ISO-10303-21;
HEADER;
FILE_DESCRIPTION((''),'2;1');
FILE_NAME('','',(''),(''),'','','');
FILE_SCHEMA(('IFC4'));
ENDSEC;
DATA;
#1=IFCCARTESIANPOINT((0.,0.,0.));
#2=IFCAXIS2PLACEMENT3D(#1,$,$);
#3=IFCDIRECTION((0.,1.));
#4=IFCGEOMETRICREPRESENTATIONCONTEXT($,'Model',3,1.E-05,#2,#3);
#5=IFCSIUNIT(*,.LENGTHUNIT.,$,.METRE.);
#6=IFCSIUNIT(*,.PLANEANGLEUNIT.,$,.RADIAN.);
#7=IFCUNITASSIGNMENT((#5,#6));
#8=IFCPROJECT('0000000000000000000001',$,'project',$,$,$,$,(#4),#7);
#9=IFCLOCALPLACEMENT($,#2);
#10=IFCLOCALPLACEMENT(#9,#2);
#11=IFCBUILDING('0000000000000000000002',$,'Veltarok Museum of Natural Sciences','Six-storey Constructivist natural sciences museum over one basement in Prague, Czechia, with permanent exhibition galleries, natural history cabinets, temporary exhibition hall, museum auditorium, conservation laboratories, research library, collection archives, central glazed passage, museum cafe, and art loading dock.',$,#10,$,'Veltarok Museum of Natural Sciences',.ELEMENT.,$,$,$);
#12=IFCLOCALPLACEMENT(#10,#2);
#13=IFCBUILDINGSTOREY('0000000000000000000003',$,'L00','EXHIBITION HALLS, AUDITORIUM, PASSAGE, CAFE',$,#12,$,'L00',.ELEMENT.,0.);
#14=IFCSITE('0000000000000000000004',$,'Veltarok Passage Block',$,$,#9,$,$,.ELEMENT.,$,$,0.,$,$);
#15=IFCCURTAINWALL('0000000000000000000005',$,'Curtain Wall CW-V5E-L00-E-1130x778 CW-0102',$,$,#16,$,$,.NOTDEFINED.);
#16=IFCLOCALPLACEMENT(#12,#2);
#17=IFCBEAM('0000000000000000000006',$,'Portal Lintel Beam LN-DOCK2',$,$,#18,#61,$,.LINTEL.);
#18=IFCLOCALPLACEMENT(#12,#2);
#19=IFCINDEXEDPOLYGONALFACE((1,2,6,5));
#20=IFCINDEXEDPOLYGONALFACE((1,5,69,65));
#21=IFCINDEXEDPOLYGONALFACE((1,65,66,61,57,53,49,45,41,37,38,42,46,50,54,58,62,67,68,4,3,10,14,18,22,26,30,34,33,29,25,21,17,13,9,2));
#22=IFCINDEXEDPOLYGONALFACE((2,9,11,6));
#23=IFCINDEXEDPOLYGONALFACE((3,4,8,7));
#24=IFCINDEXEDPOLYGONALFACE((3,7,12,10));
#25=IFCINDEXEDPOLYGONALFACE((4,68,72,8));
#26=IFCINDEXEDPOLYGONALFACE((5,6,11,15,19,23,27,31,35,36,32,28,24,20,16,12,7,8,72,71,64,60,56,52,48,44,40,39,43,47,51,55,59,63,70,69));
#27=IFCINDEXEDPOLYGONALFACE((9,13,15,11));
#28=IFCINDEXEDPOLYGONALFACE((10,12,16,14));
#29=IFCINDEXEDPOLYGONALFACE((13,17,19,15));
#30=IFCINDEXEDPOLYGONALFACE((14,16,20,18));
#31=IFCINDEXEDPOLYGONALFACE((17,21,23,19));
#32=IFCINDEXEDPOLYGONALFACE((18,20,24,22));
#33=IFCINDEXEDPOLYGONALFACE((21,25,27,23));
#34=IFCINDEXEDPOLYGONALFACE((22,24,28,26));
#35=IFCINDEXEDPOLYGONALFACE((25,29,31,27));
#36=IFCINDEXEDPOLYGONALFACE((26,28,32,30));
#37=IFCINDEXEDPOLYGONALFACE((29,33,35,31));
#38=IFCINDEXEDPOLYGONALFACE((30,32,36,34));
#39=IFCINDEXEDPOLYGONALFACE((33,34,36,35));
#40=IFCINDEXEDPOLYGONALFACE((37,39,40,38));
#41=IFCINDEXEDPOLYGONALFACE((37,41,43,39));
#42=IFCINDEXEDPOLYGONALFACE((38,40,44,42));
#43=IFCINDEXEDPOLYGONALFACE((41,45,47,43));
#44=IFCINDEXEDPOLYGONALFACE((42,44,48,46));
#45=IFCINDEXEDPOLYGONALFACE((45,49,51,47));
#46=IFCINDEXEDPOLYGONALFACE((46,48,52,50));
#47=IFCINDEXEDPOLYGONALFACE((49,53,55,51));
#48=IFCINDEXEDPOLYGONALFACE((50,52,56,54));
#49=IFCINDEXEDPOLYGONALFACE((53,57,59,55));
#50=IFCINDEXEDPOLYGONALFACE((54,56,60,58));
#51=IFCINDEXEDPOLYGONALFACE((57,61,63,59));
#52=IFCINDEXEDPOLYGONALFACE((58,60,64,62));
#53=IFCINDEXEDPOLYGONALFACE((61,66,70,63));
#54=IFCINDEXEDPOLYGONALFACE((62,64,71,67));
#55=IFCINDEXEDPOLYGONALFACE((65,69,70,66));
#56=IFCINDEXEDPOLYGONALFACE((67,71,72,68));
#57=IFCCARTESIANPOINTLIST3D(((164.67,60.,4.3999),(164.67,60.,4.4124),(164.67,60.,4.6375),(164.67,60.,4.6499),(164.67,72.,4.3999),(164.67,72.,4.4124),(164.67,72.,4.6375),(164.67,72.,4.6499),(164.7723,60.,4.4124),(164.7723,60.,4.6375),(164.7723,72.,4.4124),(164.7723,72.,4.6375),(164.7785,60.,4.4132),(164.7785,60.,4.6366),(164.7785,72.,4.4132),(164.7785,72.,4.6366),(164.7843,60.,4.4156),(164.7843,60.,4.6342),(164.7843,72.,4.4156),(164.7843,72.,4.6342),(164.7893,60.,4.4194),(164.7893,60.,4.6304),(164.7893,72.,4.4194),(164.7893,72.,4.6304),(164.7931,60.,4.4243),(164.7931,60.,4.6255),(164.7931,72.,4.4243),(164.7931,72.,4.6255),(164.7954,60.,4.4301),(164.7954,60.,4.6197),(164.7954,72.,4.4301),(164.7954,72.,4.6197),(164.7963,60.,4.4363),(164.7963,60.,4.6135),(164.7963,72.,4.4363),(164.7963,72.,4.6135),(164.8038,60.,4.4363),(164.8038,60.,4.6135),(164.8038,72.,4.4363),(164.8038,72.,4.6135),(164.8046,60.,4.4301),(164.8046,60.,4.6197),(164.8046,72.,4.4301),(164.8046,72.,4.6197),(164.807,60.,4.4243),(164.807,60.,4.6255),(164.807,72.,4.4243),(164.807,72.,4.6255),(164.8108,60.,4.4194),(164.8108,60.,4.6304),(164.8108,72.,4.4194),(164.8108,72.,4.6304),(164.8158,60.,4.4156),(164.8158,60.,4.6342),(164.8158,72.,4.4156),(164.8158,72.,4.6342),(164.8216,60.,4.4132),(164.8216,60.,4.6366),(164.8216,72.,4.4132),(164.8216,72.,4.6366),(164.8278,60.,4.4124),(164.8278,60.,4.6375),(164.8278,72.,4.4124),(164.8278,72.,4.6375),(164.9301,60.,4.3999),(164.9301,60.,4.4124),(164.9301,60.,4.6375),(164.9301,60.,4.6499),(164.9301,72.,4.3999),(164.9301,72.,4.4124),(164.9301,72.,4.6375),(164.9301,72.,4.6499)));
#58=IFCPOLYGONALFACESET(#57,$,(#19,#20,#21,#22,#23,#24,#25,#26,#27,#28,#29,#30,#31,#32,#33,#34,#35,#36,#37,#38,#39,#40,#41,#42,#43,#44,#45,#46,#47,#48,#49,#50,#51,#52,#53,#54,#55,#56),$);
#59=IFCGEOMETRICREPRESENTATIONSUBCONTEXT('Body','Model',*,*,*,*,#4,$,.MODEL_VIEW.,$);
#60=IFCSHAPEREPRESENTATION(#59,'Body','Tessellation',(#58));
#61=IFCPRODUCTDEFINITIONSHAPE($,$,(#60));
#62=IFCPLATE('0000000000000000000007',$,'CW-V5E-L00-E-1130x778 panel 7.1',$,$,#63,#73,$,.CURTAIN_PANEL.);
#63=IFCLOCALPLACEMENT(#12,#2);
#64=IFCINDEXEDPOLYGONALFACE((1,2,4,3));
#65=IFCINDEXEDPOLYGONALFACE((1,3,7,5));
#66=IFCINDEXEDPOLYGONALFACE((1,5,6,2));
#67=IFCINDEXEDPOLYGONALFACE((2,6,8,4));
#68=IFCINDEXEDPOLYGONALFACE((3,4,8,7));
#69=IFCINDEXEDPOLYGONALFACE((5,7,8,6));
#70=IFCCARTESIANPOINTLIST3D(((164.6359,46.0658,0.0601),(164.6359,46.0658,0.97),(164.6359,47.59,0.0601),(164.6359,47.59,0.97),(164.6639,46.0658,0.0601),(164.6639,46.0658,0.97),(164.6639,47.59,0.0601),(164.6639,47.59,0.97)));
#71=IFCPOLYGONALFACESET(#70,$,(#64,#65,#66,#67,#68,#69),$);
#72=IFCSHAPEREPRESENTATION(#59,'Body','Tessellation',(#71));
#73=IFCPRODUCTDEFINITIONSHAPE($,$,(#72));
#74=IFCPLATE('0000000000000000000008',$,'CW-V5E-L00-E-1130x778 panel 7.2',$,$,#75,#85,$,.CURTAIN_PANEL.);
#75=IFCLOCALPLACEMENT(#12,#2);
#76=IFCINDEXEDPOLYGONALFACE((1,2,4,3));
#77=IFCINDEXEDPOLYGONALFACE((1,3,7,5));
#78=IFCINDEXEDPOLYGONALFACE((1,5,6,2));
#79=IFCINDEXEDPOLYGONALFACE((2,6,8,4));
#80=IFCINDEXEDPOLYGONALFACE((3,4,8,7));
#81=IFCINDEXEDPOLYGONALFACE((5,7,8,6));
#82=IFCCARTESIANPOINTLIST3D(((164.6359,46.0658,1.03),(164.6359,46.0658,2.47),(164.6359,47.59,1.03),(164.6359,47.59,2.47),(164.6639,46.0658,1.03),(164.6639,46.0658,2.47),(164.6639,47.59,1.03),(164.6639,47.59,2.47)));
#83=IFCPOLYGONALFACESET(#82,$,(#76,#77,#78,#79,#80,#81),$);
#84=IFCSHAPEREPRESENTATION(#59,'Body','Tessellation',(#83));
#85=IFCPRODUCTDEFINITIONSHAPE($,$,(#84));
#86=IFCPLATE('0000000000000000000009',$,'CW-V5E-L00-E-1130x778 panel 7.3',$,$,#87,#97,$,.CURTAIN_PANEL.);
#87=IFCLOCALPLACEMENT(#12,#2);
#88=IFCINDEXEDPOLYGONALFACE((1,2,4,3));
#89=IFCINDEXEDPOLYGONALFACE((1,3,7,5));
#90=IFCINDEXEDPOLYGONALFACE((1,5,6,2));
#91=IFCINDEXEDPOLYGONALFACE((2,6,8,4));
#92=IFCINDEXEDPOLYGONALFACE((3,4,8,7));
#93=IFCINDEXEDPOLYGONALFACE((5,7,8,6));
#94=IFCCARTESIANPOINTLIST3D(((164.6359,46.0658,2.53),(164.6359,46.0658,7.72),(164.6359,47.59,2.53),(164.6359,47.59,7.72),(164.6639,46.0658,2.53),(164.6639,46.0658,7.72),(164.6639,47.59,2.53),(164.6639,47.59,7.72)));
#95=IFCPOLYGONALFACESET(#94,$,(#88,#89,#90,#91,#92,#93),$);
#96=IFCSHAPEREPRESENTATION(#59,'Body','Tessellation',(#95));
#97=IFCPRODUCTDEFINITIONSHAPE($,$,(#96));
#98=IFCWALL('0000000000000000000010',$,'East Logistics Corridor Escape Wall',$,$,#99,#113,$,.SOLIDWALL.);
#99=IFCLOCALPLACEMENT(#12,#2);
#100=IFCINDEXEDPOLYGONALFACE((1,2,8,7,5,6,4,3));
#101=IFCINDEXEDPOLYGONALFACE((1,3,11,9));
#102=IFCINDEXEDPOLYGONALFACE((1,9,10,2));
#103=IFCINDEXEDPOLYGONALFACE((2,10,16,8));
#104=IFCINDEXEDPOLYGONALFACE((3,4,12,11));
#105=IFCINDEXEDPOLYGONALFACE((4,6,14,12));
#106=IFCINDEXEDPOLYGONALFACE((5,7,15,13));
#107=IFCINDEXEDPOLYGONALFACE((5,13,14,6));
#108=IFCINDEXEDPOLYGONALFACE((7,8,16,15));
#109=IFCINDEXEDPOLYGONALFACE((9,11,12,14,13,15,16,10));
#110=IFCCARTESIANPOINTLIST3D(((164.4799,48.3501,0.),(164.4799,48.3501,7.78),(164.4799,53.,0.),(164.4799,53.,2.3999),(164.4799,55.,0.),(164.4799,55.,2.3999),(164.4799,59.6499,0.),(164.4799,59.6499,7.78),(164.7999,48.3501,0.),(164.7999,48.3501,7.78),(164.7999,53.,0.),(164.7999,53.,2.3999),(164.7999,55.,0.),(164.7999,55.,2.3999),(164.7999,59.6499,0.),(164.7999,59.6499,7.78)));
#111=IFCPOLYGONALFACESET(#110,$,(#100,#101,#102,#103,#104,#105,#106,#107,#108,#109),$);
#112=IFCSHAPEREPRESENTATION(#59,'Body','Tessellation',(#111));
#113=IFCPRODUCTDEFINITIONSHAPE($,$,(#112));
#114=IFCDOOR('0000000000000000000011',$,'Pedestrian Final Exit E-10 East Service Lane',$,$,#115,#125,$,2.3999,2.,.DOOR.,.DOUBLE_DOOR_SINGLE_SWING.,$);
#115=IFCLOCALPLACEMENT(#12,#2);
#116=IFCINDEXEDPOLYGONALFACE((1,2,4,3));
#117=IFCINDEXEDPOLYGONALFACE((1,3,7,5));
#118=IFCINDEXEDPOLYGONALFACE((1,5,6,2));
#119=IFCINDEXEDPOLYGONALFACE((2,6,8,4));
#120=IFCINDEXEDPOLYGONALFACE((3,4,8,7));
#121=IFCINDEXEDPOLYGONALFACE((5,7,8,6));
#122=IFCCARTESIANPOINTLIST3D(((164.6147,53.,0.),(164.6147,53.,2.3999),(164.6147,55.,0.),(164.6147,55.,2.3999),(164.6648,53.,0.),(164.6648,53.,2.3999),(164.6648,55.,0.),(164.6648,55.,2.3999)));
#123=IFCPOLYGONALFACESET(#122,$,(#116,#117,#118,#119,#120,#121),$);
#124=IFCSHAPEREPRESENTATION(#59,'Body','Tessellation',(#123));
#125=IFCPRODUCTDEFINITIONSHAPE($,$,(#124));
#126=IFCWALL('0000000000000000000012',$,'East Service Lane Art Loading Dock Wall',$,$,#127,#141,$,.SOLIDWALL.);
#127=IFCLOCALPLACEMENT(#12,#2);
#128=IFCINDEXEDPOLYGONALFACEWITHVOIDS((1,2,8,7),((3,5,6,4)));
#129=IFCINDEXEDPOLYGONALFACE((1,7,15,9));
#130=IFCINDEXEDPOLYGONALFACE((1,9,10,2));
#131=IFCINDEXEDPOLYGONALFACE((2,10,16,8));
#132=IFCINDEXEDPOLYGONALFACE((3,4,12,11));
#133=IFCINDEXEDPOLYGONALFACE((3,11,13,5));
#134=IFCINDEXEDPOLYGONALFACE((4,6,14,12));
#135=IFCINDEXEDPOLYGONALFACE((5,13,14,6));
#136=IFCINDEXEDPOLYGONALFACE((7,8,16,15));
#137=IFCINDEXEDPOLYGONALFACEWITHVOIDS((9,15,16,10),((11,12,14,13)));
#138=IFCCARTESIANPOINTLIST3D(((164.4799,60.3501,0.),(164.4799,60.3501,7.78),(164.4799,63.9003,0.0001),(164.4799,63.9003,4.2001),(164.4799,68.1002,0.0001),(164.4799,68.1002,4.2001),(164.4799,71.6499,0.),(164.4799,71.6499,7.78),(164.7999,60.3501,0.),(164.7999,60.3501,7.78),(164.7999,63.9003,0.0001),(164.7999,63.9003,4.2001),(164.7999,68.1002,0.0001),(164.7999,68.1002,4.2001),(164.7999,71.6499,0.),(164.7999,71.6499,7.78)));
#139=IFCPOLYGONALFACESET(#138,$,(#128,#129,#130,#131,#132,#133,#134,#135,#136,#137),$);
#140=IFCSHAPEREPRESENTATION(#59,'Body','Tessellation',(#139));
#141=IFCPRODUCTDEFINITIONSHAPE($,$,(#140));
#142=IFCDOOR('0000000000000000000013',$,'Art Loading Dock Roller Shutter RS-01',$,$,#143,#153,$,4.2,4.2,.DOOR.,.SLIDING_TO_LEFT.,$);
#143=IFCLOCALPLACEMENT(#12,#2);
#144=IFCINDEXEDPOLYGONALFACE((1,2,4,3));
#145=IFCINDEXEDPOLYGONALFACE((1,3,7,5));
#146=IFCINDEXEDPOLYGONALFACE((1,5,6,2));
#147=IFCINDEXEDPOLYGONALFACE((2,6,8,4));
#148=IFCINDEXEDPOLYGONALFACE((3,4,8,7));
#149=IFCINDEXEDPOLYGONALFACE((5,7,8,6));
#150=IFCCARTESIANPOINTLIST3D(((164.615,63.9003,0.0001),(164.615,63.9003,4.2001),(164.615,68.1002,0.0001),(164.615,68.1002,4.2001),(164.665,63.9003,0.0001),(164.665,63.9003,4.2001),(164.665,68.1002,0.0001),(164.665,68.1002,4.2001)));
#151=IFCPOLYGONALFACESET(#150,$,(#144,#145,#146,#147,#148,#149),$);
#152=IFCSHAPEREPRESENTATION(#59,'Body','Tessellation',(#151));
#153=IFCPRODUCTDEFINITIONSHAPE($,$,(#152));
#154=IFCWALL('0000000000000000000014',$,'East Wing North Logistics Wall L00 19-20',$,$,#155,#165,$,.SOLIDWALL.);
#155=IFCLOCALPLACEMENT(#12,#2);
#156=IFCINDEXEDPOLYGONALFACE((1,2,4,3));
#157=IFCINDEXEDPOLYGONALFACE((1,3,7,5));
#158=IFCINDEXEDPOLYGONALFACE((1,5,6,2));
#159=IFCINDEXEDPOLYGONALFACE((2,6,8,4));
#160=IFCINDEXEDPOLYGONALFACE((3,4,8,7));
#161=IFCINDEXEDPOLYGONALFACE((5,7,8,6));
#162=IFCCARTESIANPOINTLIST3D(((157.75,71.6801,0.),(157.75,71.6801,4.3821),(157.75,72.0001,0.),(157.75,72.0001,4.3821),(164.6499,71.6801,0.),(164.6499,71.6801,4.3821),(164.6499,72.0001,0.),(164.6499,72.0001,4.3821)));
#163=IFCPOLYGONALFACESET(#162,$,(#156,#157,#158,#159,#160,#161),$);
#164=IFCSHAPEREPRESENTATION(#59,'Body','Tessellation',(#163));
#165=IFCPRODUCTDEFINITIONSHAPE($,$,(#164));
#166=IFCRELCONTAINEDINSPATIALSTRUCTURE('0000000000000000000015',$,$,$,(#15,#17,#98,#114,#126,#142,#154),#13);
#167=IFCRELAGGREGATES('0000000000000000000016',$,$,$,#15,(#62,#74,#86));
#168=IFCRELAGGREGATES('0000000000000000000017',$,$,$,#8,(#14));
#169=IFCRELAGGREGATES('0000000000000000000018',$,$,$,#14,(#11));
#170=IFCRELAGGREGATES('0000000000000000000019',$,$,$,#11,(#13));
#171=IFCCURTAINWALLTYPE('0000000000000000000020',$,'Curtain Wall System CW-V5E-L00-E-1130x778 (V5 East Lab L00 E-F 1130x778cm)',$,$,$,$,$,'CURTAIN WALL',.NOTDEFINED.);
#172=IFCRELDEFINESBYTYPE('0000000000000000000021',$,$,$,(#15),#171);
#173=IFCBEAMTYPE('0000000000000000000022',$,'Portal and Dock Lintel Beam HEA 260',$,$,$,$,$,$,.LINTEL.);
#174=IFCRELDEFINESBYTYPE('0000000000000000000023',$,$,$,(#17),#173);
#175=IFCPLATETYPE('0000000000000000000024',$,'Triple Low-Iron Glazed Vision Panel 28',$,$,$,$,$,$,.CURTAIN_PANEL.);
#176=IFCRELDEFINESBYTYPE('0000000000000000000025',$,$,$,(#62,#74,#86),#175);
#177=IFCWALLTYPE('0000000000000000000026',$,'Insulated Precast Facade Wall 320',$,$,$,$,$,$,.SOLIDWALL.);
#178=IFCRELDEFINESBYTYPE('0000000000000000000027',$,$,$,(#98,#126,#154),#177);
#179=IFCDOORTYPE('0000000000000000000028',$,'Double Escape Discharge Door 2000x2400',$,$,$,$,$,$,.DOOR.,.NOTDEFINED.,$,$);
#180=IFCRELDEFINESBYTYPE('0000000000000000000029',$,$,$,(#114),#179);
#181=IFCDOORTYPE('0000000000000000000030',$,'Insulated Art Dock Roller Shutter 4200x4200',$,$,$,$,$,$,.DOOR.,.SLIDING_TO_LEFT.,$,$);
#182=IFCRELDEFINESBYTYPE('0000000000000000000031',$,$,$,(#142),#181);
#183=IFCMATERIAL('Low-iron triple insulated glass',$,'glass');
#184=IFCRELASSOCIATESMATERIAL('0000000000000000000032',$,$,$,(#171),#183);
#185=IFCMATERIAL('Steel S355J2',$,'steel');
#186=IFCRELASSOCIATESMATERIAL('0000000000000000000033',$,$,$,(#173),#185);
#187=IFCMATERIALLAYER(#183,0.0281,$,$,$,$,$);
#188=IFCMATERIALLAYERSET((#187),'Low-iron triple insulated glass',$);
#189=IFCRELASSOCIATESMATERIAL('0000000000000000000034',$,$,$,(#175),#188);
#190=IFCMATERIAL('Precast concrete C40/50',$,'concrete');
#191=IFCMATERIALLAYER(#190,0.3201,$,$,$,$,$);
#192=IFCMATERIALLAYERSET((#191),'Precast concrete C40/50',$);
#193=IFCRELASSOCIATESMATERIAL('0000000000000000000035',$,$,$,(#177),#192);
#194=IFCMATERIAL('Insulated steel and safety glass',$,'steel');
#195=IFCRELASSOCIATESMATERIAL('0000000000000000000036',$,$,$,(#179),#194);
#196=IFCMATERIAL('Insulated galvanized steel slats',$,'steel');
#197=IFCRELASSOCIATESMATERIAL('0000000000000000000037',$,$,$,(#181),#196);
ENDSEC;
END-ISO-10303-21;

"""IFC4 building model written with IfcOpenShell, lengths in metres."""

from ifc_helpers import new_model, si_unit, direction, frame, frame_2d, origin, origin_2d, place, context, subcontext, project, spatial, rectangle, i_section, extrude, material, layer, layer_set, material_profile, profile_set, type_object, element, fill, aggregate, save


model = new_model("IFC4")

# Units and contexts
model_context = context("Model", 3, precision=1e-05, world=origin(), true_north=direction((0.0, 1.0)))
body_context = subcontext(model_context, "Body", "Model", "MODEL_VIEW")
ifc_project = project(units=[si_unit("LENGTHUNIT", "METRE"), si_unit("PLANEANGLEUNIT", "RADIAN")], contexts=[model_context])

# Site, building, storey
site_placement = place(None, origin())
site = spatial("IfcSite", under=ifc_project, at=site_placement, Name="Veltarok Passage Block", CompositionType="ELEMENT", RefElevation=0.0)
building_placement = place(site_placement, origin())
building = spatial("IfcBuilding", under=site, at=building_placement, Name="Veltarok Museum of Natural Sciences", Description="Six-storey Constructivist natural sciences museum over one basement in Prague, Czechia, with permanent exhibition galleries, natural history cabinets, temporary exhibition hall, museum auditorium, conservation laboratories, research library, collection archives, central glazed passage, museum cafe, and art loading dock.", LongName="Veltarok Museum of Natural Sciences", CompositionType="ELEMENT")
storey_placement = place(building_placement, origin())
storey = spatial("IfcBuildingStorey", under=building, at=storey_placement, Name="L00", Description="EXHIBITION HALLS, AUDITORIUM, PASSAGE, CAFE", LongName="L00", CompositionType="ELEMENT", Elevation=0.0)

# Shared definitions
ifc_material_1 = material(Name="Steel S355J2", Category="steel")

# Curtain wall
ifc_material_2 = material(Name="Low-iron triple insulated glass", Category="glass")
curtain_wall_type = type_object("IfcCurtainWallType", Name="Curtain Wall System CW-V5E-L00-E-1130x778 (V5 East Lab L00 E-F 1130x778cm)", ElementType="CURTAIN WALL", PredefinedType="NOTDEFINED", material=ifc_material_2)
curtain_wall_placement = place(storey_placement, origin())
curtain_wall = element("IfcCurtainWall", 1, at=curtain_wall_placement, inside=storey, type_object=curtain_wall_type, Name="Curtain Wall CW-V5E-L00-E-1130x778 CW-0102", PredefinedType="NOTDEFINED")

# Beam
ifc_material_3 = material(Name="Precast concrete C40/50", Category="concrete")
ifc_material_profile_1 = material_profile(ifc_material_1, i_section(OverallWidth=0.26, OverallDepth=0.25, WebThickness=0.0076, FlangeThickness=0.0125, FilletRadius=0.0239, at=origin_2d()), Name="HEA 260")
ifc_profile_set_1 = profile_set([ifc_material_profile_1], Name="Steel S355J2")
beam_type_1 = type_object("IfcBeamType", Name="Portal and Dock Lintel Beam HEA 260", PredefinedType="LINTEL", material=ifc_profile_set_1)
beam_1_placement = place(storey_placement, frame((164.8, 60.0, 4.5249), z_axis=(0.0, 1.0, 0.0), x_axis=(-1.0, 0.0, 0.0)))
element("IfcBeam", 2, at=beam_1_placement, inside=storey, type_object=beam_type_1, Name="Portal Lintel Beam LN-DOCK2", PredefinedType="LINTEL", context=body_context, shape_type="SweptSolid", body=[
    extrude(i_section(OverallWidth=0.26, OverallDepth=0.25, WebThickness=0.0076, FlangeThickness=0.0125, FilletRadius=0.0239, at=origin_2d()), origin(), (0.0, 0.0, 1.0), 12.0),
])

# Plates
ifc_layer_1 = layer(ifc_material_2, 0.0281)
ifc_layer_set_1 = layer_set([ifc_layer_1], Name="Low-iron triple insulated glass")
plate_type = type_object("IfcPlateType", Name="Triple Low-Iron Glazed Vision Panel 28", PredefinedType="CURTAIN_PANEL", material=ifc_layer_set_1)
plate_1_placement = place(storey_placement, frame((164.6499, 46.8279, 0.0601), z_axis=(0.0, 0.0, 1.0), x_axis=(0.0, 1.0, 0.0)))
plate_1 = element("IfcPlate", 3, at=plate_1_placement, type_object=plate_type, Name="CW-V5E-L00-E-1130x778 panel 7.1", PredefinedType="CURTAIN_PANEL", context=body_context, shape_type="SweptSolid", body=[
    extrude(rectangle(XDim=1.5242, YDim=0.0281, at=origin_2d()), origin(), (0.0, 0.0, 1.0), 0.9099),
])
plate_2_placement = place(storey_placement, frame((164.6499, 46.8279, 1.03), z_axis=(0.0, 0.0, 1.0), x_axis=(0.0, 1.0, 0.0)))
plate_2 = element("IfcPlate", 4, at=plate_2_placement, type_object=plate_type, Name="CW-V5E-L00-E-1130x778 panel 7.2", PredefinedType="CURTAIN_PANEL", context=body_context, shape_type="SweptSolid", body=[
    extrude(rectangle(XDim=1.5242, YDim=0.0281, at=origin_2d()), origin(), (0.0, 0.0, 1.0), 1.4399),
])
plate_3_placement = place(storey_placement, frame((164.6499, 46.8279, 2.53), z_axis=(0.0, 0.0, 1.0), x_axis=(0.0, 1.0, 0.0)))
plate_3 = element("IfcPlate", 5, at=plate_3_placement, type_object=plate_type, Name="CW-V5E-L00-E-1130x778 panel 7.3", PredefinedType="CURTAIN_PANEL", context=body_context, shape_type="SweptSolid", body=[
    extrude(rectangle(XDim=1.5242, YDim=0.0281, at=origin_2d()), origin(), (0.0, 0.0, 1.0), 5.1899),
])
aggregate(curtain_wall, [plate_1, plate_2, plate_3])

# Walls, openings, doors
ifc_layer_2 = layer(ifc_material_3, 0.3201)
ifc_layer_set_2 = layer_set([ifc_layer_2], Name="Precast concrete C40/50")
wall_type = type_object("IfcWallType", Name="Insulated Precast Facade Wall 320", PredefinedType="SOLIDWALL", material=ifc_layer_set_2)
wall_1_placement = place(storey_placement, frame((164.6399, 48.3501, 0.0), z_axis=(0.0, 0.0, 1.0), x_axis=(0.0, 1.0, 0.0)))
wall_1 = element("IfcWall", 6, at=wall_1_placement, inside=storey, type_object=wall_type, Name="East Logistics Corridor Escape Wall", PredefinedType="SOLIDWALL", context=body_context, shape_type="SweptSolid", body=[
    extrude(rectangle(XDim=11.2998, YDim=0.3201, at=frame_2d((5.6499, 0.0))), origin(), (0.0, 0.0, 1.0), 7.78),
])
opening_1_placement = place(wall_1_placement, frame((4.6499, 0.0, 0.0)))
opening_1 = element("IfcOpeningElement", 7, at=opening_1_placement, cuts=wall_1, PredefinedType="OPENING", context=body_context, shape_type="SweptSolid", body=[
    extrude(rectangle(XDim=2.0, YDim=2.3999, at=frame_2d((1.0, 1.2))), frame((0.0, 0.1699, 0.0), z_axis=(0.0, -1.0, 0.0), x_axis=(1.0, 0.0, 0.0)), (0.0, 0.0, 1.0), 0.3401),
])
ifc_material_4 = material(Name="Insulated steel and safety glass", Category="steel")
door_type_1 = type_object("IfcDoorType", Name="Double Escape Discharge Door 2000x2400", OperationType="NOTDEFINED", PredefinedType="DOOR", material=ifc_material_4)
door_1_placement = place(opening_1_placement, frame((2.0, 0.0, 0.0), z_axis=(0.0, 0.0, 1.0), x_axis=(-1.0, 0.0, 0.0)))
door_1 = element("IfcDoor", 8, at=door_1_placement, inside=storey, type_object=door_type_1, Name="Pedestrian Final Exit E-10 East Service Lane", OperationType="DOUBLE_DOOR_SINGLE_SWING", OverallHeight=2.3999, OverallWidth=2.0, PredefinedType="DOOR", context=body_context, shape_type="SweptSolid", body=[
    extrude(rectangle(XDim=2.0, YDim=2.3999, at=frame_2d((1.0, 1.2))), frame((0.0, 0.0249, 0.0), z_axis=(0.0, -1.0, 0.0), x_axis=(1.0, 0.0, 0.0)), (0.0, 0.0, 1.0), 0.05),
])
fill(opening_1, door_1)
wall_2_placement = place(storey_placement, frame((164.6399, 60.3501, 0.0), z_axis=(0.0, 0.0, 1.0), x_axis=(0.0, 1.0, 0.0)))
wall_2 = element("IfcWall", 9, at=wall_2_placement, inside=storey, type_object=wall_type, Name="East Service Lane Art Loading Dock Wall", PredefinedType="SOLIDWALL", context=body_context, shape_type="SweptSolid", body=[
    extrude(rectangle(XDim=11.2998, YDim=0.3201, at=frame_2d((5.6499, 0.0))), origin(), (0.0, 0.0, 1.0), 7.78),
])
opening_2_placement = place(wall_2_placement, frame((3.55, 0.0, 0.0)))
opening_2 = element("IfcOpeningElement", 10, at=opening_2_placement, cuts=wall_2, PredefinedType="OPENING", context=body_context, shape_type="SweptSolid", body=[
    extrude(rectangle(XDim=4.2, YDim=4.2, at=frame_2d((2.1001, 2.1001))), frame((0.0, 0.1699, 0.0), z_axis=(0.0, -1.0, 0.0), x_axis=(1.0, 0.0, 0.0)), (0.0, 0.0, 1.0), 0.3401),
])
ifc_material_5 = material(Name="Insulated galvanized steel slats", Category="steel")
door_type_2 = type_object("IfcDoorType", Name="Insulated Art Dock Roller Shutter 4200x4200", OperationType="SLIDING_TO_LEFT", PredefinedType="DOOR", material=ifc_material_5)
door_2_placement = place(opening_2_placement, origin())
door_2 = element("IfcDoor", 11, at=door_2_placement, inside=storey, type_object=door_type_2, Name="Art Loading Dock Roller Shutter RS-01", OperationType="SLIDING_TO_LEFT", OverallHeight=4.2, OverallWidth=4.2, PredefinedType="DOOR", context=body_context, shape_type="SweptSolid", body=[
    extrude(rectangle(XDim=4.2, YDim=4.2, at=frame_2d((2.1001, 2.1001))), frame((0.0, 0.0249, 0.0), z_axis=(0.0, -1.0, 0.0), x_axis=(1.0, 0.0, 0.0)), (0.0, 0.0, 1.0), 0.05),
])
fill(opening_2, door_2)

# Wall
wall_3_placement = place(storey_placement, frame((164.6499, 71.8401, 0.0), z_axis=(0.0, 0.0, 1.0), x_axis=(-1.0, 0.0, 0.0)))
element("IfcWall", 12, at=wall_3_placement, inside=storey, type_object=wall_type, Name="East Wing North Logistics Wall L00 19-20", PredefinedType="SOLIDWALL", context=body_context, shape_type="SweptSolid", body=[
    extrude(rectangle(XDim=6.8999, YDim=0.3201, at=frame_2d((3.45, 0.0))), origin(), (0.0, 0.0, 1.0), 4.3821),
])

save(model, "model.ifc")
